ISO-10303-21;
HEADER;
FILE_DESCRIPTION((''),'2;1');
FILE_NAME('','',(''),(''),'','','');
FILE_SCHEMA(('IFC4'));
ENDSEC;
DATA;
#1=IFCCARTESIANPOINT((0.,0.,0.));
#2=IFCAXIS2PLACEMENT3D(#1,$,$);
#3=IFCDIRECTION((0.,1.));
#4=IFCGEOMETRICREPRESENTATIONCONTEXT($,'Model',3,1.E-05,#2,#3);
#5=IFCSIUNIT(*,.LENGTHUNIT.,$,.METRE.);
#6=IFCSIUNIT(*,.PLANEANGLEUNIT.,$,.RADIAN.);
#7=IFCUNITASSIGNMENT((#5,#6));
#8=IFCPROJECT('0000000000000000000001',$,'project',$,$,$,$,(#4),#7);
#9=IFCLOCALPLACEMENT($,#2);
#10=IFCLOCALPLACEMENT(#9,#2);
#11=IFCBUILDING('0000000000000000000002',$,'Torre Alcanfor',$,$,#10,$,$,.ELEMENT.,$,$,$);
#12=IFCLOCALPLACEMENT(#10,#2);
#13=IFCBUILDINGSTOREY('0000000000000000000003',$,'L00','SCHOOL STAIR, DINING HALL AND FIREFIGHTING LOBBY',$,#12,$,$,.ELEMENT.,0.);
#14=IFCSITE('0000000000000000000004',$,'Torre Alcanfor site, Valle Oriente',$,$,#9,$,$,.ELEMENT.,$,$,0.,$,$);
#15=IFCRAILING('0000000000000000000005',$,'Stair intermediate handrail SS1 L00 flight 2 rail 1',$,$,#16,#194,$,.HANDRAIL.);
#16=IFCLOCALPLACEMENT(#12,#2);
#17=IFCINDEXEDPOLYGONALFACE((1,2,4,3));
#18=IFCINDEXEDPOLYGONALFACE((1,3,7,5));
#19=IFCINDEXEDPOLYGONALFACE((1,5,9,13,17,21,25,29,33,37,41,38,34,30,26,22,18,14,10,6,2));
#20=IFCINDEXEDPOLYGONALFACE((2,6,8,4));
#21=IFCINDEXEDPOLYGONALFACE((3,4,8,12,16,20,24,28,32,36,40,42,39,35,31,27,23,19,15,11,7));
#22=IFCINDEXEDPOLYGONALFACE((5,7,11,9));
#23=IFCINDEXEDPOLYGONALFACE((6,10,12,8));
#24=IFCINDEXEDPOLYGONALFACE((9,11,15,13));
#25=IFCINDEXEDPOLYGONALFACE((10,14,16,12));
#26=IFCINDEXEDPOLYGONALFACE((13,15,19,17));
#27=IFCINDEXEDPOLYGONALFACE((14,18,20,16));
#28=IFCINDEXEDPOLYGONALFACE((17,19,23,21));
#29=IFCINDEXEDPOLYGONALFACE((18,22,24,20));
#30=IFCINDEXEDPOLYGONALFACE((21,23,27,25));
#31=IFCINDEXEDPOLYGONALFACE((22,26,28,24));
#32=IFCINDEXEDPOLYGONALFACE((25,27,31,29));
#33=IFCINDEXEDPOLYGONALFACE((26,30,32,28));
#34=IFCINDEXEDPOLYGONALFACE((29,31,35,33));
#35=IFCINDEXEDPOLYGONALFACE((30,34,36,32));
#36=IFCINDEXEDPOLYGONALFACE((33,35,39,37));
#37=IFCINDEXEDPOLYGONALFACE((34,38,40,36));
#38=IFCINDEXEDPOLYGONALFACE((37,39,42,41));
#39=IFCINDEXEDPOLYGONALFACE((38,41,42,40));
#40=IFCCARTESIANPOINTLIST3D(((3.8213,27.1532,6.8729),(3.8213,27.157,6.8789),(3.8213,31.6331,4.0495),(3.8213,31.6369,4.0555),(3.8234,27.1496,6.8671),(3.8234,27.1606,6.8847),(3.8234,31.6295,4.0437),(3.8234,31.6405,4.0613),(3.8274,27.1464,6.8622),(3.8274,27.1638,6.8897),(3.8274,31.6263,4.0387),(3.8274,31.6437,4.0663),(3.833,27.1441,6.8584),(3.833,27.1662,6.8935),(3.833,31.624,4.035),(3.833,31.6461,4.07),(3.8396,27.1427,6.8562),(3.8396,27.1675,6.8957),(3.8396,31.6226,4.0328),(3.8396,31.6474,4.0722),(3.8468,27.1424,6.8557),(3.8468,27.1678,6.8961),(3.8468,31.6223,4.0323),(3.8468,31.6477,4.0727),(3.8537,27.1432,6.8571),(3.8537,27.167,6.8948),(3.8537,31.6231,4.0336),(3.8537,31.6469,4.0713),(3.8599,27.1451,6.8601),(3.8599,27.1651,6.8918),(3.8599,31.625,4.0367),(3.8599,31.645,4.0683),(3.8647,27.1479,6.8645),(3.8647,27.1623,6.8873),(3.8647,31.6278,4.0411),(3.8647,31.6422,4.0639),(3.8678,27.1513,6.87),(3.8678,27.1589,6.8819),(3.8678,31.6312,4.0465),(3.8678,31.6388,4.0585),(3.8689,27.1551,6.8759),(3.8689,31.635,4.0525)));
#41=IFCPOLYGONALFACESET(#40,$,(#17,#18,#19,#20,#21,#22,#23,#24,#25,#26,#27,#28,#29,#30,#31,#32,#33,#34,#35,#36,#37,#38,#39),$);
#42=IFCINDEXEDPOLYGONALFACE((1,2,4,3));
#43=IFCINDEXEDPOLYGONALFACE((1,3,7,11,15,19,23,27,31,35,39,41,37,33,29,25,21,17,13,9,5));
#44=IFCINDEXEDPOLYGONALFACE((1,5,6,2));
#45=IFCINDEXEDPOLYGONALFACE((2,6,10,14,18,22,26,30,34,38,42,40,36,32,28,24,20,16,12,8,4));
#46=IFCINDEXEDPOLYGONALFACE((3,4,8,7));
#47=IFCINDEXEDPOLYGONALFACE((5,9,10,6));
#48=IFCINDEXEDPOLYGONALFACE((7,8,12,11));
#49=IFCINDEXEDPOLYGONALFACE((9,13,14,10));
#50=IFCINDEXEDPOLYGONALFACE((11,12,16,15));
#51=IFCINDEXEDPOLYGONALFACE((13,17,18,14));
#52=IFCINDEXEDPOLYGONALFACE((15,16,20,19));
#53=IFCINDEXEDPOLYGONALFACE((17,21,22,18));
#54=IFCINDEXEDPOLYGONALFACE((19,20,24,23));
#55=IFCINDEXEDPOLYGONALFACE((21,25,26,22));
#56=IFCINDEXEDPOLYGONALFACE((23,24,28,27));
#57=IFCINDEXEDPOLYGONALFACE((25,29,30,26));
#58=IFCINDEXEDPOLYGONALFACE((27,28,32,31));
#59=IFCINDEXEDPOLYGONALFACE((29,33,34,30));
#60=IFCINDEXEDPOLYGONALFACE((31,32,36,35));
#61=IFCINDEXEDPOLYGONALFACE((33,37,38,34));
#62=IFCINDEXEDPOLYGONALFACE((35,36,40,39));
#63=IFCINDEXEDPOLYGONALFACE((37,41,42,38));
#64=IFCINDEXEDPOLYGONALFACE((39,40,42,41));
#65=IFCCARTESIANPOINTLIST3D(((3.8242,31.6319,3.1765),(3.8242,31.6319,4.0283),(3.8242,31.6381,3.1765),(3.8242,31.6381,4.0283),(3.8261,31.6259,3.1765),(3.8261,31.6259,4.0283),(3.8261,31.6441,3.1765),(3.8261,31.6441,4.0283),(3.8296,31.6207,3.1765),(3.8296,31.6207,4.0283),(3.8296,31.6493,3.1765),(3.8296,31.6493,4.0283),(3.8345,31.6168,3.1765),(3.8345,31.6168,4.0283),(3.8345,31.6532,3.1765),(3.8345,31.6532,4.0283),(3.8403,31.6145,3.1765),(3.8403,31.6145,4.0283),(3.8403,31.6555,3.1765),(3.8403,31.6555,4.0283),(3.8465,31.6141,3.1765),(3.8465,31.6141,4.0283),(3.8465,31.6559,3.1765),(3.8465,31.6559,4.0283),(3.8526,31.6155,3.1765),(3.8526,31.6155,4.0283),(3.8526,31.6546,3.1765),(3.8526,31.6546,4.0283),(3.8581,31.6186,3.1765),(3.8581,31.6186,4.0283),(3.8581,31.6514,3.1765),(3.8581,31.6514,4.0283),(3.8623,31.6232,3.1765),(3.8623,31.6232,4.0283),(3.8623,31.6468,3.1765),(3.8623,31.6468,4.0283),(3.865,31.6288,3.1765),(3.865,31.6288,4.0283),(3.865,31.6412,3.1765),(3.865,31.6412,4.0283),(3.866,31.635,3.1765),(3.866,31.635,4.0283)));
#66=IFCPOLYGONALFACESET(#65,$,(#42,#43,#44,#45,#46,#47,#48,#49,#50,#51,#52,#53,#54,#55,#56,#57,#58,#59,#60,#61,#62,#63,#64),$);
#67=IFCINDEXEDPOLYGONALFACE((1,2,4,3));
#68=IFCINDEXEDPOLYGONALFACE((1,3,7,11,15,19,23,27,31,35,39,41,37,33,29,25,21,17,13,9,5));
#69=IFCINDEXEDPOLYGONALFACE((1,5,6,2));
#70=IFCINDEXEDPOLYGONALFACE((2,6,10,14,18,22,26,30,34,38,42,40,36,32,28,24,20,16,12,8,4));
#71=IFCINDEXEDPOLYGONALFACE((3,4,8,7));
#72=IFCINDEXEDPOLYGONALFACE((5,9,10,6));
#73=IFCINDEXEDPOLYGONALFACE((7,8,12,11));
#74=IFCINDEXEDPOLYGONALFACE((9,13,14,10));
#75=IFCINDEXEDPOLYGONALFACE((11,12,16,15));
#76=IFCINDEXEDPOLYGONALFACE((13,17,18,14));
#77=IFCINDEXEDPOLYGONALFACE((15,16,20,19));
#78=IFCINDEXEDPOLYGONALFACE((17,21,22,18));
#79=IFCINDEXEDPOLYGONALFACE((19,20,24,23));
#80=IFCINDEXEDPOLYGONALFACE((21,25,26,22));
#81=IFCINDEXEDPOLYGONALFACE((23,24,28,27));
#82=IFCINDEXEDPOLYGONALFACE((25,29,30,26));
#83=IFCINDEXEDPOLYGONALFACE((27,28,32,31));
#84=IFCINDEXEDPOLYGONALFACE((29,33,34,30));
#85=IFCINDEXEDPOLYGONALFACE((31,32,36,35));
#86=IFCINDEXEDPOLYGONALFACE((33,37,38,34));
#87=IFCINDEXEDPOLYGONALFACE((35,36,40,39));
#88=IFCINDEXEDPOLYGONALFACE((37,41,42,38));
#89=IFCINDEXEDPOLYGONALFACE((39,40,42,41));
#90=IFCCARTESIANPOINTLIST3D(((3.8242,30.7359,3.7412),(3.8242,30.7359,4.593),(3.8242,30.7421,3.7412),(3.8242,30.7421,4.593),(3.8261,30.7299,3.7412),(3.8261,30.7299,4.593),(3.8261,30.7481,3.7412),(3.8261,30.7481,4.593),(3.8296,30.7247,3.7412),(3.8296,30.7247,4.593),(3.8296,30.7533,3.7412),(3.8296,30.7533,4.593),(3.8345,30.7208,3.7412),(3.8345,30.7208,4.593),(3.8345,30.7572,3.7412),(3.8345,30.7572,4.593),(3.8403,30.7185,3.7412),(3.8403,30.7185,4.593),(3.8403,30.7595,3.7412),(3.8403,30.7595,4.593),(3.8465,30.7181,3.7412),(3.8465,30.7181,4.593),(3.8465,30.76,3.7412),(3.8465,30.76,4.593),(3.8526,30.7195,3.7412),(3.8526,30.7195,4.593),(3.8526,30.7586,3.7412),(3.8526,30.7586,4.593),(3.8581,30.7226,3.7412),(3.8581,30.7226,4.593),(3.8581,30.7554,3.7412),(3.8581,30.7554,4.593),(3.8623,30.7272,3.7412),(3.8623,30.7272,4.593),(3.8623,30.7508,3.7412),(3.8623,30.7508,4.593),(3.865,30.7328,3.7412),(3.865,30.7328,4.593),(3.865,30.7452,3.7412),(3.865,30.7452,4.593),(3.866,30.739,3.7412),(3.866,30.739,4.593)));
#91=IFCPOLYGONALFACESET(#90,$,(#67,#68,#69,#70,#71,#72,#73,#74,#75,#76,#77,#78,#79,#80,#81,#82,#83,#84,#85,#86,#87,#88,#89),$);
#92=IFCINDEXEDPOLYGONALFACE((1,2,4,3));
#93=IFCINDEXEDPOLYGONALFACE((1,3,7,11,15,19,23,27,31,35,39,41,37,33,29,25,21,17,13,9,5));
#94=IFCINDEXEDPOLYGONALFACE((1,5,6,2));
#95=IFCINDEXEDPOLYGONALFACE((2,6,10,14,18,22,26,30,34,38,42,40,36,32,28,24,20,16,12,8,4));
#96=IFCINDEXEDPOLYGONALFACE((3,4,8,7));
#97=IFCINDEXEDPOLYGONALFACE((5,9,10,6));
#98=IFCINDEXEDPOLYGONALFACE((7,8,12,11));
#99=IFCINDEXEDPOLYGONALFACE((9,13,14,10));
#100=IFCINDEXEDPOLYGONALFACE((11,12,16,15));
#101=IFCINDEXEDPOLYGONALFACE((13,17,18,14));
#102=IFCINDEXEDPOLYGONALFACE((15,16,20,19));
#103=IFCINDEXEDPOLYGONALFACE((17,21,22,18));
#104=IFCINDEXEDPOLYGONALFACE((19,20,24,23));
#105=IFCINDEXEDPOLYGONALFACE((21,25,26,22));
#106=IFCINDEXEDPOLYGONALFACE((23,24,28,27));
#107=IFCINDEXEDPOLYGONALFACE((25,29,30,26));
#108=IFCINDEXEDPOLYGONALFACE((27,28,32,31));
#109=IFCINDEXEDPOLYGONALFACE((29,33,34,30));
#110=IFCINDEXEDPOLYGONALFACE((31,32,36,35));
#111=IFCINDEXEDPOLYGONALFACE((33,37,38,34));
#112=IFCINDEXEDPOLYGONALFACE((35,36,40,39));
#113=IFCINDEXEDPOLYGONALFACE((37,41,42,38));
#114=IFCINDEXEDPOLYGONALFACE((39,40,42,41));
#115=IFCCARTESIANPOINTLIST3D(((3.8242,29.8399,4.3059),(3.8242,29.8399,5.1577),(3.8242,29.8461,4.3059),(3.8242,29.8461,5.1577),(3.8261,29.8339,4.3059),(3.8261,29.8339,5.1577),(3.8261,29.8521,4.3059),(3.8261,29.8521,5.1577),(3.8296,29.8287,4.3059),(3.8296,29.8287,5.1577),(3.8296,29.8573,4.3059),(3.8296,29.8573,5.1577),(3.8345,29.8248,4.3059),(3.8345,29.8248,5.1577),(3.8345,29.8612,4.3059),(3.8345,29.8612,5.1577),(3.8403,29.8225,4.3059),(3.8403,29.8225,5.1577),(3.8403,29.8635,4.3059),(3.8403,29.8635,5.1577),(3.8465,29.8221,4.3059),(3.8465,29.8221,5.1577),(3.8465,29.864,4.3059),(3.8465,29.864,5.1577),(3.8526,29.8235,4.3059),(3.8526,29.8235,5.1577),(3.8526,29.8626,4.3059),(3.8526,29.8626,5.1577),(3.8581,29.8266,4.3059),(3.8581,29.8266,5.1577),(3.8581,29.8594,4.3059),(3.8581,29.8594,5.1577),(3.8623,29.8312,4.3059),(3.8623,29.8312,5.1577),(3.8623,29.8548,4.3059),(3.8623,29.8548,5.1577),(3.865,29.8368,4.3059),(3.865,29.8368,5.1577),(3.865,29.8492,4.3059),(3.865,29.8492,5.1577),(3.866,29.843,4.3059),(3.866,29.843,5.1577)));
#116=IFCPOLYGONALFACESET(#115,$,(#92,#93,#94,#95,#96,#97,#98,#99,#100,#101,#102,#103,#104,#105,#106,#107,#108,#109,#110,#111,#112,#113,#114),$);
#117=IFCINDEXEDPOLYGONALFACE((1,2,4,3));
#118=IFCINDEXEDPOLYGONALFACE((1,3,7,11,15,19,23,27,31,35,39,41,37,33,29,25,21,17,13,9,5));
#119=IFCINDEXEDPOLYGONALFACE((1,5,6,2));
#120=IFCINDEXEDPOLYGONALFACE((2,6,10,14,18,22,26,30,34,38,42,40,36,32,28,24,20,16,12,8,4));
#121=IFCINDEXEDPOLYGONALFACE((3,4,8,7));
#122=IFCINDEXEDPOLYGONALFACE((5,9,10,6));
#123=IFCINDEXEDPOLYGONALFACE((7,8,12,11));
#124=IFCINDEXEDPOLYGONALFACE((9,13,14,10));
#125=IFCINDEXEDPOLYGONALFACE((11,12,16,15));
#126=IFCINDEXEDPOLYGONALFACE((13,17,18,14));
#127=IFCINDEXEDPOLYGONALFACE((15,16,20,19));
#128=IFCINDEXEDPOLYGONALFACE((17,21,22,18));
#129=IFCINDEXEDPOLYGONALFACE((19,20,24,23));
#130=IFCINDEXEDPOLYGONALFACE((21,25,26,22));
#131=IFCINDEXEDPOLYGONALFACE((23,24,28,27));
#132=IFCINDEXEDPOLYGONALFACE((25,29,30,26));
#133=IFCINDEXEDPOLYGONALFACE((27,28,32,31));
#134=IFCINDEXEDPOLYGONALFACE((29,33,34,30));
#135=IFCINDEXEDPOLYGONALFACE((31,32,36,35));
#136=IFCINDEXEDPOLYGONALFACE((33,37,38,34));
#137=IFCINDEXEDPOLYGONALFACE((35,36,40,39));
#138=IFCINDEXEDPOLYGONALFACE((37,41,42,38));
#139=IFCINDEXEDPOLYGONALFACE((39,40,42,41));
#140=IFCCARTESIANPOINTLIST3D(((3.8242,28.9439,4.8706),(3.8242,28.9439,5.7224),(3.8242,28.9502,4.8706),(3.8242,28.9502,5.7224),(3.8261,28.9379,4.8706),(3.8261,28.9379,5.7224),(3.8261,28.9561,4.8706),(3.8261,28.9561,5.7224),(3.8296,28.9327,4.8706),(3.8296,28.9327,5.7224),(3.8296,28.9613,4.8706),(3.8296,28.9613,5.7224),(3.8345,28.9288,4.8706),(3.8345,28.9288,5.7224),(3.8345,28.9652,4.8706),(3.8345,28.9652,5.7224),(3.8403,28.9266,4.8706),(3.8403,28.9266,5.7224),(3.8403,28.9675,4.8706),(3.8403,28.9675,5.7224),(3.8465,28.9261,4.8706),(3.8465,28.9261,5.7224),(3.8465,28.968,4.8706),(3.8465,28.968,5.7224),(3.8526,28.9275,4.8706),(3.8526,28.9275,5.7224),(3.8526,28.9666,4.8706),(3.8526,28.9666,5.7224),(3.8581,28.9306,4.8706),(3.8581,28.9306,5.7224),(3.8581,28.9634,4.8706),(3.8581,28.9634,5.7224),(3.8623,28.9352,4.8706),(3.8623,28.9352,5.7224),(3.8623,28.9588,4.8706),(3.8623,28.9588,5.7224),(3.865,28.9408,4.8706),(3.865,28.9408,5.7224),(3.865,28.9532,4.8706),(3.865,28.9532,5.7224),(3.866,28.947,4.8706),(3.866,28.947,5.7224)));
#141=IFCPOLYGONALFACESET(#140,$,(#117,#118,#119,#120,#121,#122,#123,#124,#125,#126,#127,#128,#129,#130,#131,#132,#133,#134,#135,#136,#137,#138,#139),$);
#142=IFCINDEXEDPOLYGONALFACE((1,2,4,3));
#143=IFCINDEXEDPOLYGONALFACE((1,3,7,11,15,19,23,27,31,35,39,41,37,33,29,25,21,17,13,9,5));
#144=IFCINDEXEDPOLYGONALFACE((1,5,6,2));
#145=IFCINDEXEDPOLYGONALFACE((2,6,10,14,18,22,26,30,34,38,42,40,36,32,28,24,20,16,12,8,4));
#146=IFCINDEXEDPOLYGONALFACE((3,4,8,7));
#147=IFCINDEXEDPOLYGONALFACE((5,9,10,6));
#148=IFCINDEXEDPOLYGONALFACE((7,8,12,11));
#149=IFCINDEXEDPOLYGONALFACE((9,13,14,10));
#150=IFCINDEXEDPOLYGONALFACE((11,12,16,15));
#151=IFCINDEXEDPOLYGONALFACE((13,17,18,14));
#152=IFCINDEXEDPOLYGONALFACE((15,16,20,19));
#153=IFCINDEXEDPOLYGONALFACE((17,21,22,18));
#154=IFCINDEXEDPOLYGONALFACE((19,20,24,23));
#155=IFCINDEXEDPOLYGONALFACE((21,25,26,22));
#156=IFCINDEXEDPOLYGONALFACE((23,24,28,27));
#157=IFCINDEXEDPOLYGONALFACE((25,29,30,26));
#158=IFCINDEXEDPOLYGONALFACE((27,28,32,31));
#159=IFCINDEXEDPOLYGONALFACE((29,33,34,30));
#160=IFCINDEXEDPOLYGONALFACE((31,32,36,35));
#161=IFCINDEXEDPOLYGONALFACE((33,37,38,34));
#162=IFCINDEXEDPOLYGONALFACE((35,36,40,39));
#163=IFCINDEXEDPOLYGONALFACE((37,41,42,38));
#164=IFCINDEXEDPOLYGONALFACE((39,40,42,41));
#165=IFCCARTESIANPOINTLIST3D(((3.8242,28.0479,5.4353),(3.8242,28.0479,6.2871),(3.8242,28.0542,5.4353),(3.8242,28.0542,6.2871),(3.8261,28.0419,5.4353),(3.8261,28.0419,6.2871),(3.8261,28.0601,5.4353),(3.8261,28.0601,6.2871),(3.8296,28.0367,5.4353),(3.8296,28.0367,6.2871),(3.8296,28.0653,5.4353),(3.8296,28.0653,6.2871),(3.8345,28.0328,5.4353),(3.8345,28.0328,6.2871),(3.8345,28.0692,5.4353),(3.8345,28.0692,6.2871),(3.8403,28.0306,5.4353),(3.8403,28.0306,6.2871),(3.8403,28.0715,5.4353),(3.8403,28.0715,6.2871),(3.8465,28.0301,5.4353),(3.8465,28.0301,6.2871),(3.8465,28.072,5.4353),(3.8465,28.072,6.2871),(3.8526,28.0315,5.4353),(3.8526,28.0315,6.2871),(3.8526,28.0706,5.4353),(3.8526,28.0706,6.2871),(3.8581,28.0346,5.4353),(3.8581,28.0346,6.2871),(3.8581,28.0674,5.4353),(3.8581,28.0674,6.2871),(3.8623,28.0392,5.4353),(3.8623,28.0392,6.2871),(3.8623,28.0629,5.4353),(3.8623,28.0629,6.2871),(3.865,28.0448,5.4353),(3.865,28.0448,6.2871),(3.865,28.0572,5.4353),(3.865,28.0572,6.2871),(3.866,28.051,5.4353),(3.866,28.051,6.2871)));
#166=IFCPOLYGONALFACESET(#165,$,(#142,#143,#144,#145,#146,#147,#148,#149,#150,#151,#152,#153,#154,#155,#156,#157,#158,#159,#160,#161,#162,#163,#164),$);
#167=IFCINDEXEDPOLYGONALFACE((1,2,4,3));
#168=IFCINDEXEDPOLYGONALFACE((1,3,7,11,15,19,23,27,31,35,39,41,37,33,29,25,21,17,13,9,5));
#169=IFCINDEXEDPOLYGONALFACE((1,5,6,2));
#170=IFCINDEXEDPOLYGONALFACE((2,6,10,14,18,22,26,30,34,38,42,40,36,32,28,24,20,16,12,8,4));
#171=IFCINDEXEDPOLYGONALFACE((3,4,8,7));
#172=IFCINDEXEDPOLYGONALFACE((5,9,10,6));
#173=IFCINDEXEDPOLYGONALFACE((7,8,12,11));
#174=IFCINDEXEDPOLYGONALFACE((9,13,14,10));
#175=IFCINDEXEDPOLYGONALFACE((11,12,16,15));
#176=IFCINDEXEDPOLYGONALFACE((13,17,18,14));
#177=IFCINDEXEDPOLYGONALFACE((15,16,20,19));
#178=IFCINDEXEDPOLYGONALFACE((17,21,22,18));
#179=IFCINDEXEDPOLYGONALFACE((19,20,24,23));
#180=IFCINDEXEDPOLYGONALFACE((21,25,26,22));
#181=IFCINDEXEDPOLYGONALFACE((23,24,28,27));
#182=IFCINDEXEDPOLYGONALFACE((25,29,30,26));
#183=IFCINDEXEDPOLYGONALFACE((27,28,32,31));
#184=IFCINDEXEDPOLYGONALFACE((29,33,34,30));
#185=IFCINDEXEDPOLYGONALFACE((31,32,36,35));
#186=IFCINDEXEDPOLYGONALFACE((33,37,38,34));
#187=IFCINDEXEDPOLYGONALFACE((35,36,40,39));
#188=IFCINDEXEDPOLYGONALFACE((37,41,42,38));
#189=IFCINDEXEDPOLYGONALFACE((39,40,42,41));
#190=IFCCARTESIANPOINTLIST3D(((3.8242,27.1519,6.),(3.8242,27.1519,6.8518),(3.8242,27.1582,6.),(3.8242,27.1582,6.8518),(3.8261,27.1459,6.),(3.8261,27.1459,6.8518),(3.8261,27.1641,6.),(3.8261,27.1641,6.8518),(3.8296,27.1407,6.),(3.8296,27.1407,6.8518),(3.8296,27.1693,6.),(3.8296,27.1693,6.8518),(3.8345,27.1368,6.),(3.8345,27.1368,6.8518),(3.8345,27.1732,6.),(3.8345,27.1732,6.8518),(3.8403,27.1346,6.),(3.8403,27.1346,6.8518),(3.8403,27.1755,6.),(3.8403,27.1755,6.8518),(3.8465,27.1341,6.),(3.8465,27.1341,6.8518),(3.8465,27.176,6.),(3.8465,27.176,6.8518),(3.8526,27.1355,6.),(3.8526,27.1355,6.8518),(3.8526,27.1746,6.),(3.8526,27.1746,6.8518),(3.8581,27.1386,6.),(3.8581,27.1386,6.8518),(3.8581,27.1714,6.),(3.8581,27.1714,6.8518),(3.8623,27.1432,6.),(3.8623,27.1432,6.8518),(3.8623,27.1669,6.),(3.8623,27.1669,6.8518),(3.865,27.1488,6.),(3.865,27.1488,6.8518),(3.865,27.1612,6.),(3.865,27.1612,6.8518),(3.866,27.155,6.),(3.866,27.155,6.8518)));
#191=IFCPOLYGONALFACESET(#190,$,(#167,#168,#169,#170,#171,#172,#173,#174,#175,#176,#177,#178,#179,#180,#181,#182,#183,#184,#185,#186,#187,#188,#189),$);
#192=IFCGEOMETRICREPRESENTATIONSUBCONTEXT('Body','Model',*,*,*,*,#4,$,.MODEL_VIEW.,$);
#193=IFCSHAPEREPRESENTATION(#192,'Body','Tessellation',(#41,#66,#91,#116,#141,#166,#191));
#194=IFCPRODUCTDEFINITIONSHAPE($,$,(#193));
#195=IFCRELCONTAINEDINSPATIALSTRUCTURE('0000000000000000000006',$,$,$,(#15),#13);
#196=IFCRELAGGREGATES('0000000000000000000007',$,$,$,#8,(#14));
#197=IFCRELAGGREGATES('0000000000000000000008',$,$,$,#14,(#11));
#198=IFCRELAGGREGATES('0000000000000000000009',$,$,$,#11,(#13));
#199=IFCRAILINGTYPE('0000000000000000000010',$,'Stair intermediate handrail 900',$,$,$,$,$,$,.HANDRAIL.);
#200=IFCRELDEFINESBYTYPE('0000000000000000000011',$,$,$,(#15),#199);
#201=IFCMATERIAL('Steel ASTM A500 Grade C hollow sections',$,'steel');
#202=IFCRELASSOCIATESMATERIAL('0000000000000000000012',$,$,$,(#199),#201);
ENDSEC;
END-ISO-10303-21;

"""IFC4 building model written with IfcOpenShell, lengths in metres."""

from ifc_helpers import new_model, si_unit, direction, frame, origin, origin_2d, place, context, subcontext, project, spatial, circle, extrude, material, type_object, element, save


model = new_model("IFC4")

# Units and contexts
model_context = context("Model", 3, precision=1e-05, world=origin(), true_north=direction((0.0, 1.0)))
body_context = subcontext(model_context, "Body", "Model", "MODEL_VIEW")
ifc_project = project(units=[si_unit("LENGTHUNIT", "METRE"), si_unit("PLANEANGLEUNIT", "RADIAN")], contexts=[model_context])

# Site, building, storey
site_placement = place(None, origin())
site = spatial("IfcSite", under=ifc_project, at=site_placement, Name="Torre Alcanfor site, Valle Oriente", CompositionType="ELEMENT", RefElevation=0.0)
building_placement = place(site_placement, origin())
building = spatial("IfcBuilding", under=site, at=building_placement, Name="Torre Alcanfor", CompositionType="ELEMENT")
storey_placement = place(building_placement, origin())
storey = spatial("IfcBuildingStorey", under=building, at=storey_placement, Name="L00", Description="SCHOOL STAIR, DINING HALL AND FIREFIGHTING LOBBY", CompositionType="ELEMENT", Elevation=0.0)

# Railing
ifc_material_1 = material(Name="Steel ASTM A500 Grade C hollow sections", Category="steel")
railing_type_1 = type_object("IfcRailingType", Name="Stair intermediate handrail 900", PredefinedType="HANDRAIL", material=ifc_material_1)
railing_1_placement = place(storey_placement, frame((3.845, 31.635, 3.1765)))
element("IfcRailing", 1, at=railing_1_placement, inside=storey, type_object=railing_type_1, Name="Stair intermediate handrail SS1 L00 flight 2 rail 1", PredefinedType="HANDRAIL", context=body_context, shape_type="SweptSolid", body=[
    extrude(circle(Radius=0.0239, at=origin_2d()), frame((0.0, 0.0, 0.876), z_axis=(0.0, -0.845998, 0.533186), x_axis=(1.0, 0.0, 0.0)), (0.0, 0.0, 1.0), 5.2954),
    extrude(circle(Radius=0.021, at=origin_2d()), origin(), (0.0, 0.0, 1.0), 0.8518),
    extrude(circle(Radius=0.021, at=origin_2d()), frame((0.0, -0.896, 0.5647)), (0.0, 0.0, 1.0), 0.8518),
    extrude(circle(Radius=0.021, at=origin_2d()), frame((0.0, -1.792, 1.1294)), (0.0, 0.0, 1.0), 0.8518),
    extrude(circle(Radius=0.021, at=origin_2d()), frame((0.0, -2.688, 1.6941)), (0.0, 0.0, 1.0), 0.8518),
    extrude(circle(Radius=0.021, at=origin_2d()), frame((0.0, -3.584, 2.2588)), (0.0, 0.0, 1.0), 0.8518),
    extrude(circle(Radius=0.021, at=origin_2d()), frame((0.0, -4.48, 2.8235)), (0.0, 0.0, 1.0), 0.8518),
])

save(model, "model.ifc")
